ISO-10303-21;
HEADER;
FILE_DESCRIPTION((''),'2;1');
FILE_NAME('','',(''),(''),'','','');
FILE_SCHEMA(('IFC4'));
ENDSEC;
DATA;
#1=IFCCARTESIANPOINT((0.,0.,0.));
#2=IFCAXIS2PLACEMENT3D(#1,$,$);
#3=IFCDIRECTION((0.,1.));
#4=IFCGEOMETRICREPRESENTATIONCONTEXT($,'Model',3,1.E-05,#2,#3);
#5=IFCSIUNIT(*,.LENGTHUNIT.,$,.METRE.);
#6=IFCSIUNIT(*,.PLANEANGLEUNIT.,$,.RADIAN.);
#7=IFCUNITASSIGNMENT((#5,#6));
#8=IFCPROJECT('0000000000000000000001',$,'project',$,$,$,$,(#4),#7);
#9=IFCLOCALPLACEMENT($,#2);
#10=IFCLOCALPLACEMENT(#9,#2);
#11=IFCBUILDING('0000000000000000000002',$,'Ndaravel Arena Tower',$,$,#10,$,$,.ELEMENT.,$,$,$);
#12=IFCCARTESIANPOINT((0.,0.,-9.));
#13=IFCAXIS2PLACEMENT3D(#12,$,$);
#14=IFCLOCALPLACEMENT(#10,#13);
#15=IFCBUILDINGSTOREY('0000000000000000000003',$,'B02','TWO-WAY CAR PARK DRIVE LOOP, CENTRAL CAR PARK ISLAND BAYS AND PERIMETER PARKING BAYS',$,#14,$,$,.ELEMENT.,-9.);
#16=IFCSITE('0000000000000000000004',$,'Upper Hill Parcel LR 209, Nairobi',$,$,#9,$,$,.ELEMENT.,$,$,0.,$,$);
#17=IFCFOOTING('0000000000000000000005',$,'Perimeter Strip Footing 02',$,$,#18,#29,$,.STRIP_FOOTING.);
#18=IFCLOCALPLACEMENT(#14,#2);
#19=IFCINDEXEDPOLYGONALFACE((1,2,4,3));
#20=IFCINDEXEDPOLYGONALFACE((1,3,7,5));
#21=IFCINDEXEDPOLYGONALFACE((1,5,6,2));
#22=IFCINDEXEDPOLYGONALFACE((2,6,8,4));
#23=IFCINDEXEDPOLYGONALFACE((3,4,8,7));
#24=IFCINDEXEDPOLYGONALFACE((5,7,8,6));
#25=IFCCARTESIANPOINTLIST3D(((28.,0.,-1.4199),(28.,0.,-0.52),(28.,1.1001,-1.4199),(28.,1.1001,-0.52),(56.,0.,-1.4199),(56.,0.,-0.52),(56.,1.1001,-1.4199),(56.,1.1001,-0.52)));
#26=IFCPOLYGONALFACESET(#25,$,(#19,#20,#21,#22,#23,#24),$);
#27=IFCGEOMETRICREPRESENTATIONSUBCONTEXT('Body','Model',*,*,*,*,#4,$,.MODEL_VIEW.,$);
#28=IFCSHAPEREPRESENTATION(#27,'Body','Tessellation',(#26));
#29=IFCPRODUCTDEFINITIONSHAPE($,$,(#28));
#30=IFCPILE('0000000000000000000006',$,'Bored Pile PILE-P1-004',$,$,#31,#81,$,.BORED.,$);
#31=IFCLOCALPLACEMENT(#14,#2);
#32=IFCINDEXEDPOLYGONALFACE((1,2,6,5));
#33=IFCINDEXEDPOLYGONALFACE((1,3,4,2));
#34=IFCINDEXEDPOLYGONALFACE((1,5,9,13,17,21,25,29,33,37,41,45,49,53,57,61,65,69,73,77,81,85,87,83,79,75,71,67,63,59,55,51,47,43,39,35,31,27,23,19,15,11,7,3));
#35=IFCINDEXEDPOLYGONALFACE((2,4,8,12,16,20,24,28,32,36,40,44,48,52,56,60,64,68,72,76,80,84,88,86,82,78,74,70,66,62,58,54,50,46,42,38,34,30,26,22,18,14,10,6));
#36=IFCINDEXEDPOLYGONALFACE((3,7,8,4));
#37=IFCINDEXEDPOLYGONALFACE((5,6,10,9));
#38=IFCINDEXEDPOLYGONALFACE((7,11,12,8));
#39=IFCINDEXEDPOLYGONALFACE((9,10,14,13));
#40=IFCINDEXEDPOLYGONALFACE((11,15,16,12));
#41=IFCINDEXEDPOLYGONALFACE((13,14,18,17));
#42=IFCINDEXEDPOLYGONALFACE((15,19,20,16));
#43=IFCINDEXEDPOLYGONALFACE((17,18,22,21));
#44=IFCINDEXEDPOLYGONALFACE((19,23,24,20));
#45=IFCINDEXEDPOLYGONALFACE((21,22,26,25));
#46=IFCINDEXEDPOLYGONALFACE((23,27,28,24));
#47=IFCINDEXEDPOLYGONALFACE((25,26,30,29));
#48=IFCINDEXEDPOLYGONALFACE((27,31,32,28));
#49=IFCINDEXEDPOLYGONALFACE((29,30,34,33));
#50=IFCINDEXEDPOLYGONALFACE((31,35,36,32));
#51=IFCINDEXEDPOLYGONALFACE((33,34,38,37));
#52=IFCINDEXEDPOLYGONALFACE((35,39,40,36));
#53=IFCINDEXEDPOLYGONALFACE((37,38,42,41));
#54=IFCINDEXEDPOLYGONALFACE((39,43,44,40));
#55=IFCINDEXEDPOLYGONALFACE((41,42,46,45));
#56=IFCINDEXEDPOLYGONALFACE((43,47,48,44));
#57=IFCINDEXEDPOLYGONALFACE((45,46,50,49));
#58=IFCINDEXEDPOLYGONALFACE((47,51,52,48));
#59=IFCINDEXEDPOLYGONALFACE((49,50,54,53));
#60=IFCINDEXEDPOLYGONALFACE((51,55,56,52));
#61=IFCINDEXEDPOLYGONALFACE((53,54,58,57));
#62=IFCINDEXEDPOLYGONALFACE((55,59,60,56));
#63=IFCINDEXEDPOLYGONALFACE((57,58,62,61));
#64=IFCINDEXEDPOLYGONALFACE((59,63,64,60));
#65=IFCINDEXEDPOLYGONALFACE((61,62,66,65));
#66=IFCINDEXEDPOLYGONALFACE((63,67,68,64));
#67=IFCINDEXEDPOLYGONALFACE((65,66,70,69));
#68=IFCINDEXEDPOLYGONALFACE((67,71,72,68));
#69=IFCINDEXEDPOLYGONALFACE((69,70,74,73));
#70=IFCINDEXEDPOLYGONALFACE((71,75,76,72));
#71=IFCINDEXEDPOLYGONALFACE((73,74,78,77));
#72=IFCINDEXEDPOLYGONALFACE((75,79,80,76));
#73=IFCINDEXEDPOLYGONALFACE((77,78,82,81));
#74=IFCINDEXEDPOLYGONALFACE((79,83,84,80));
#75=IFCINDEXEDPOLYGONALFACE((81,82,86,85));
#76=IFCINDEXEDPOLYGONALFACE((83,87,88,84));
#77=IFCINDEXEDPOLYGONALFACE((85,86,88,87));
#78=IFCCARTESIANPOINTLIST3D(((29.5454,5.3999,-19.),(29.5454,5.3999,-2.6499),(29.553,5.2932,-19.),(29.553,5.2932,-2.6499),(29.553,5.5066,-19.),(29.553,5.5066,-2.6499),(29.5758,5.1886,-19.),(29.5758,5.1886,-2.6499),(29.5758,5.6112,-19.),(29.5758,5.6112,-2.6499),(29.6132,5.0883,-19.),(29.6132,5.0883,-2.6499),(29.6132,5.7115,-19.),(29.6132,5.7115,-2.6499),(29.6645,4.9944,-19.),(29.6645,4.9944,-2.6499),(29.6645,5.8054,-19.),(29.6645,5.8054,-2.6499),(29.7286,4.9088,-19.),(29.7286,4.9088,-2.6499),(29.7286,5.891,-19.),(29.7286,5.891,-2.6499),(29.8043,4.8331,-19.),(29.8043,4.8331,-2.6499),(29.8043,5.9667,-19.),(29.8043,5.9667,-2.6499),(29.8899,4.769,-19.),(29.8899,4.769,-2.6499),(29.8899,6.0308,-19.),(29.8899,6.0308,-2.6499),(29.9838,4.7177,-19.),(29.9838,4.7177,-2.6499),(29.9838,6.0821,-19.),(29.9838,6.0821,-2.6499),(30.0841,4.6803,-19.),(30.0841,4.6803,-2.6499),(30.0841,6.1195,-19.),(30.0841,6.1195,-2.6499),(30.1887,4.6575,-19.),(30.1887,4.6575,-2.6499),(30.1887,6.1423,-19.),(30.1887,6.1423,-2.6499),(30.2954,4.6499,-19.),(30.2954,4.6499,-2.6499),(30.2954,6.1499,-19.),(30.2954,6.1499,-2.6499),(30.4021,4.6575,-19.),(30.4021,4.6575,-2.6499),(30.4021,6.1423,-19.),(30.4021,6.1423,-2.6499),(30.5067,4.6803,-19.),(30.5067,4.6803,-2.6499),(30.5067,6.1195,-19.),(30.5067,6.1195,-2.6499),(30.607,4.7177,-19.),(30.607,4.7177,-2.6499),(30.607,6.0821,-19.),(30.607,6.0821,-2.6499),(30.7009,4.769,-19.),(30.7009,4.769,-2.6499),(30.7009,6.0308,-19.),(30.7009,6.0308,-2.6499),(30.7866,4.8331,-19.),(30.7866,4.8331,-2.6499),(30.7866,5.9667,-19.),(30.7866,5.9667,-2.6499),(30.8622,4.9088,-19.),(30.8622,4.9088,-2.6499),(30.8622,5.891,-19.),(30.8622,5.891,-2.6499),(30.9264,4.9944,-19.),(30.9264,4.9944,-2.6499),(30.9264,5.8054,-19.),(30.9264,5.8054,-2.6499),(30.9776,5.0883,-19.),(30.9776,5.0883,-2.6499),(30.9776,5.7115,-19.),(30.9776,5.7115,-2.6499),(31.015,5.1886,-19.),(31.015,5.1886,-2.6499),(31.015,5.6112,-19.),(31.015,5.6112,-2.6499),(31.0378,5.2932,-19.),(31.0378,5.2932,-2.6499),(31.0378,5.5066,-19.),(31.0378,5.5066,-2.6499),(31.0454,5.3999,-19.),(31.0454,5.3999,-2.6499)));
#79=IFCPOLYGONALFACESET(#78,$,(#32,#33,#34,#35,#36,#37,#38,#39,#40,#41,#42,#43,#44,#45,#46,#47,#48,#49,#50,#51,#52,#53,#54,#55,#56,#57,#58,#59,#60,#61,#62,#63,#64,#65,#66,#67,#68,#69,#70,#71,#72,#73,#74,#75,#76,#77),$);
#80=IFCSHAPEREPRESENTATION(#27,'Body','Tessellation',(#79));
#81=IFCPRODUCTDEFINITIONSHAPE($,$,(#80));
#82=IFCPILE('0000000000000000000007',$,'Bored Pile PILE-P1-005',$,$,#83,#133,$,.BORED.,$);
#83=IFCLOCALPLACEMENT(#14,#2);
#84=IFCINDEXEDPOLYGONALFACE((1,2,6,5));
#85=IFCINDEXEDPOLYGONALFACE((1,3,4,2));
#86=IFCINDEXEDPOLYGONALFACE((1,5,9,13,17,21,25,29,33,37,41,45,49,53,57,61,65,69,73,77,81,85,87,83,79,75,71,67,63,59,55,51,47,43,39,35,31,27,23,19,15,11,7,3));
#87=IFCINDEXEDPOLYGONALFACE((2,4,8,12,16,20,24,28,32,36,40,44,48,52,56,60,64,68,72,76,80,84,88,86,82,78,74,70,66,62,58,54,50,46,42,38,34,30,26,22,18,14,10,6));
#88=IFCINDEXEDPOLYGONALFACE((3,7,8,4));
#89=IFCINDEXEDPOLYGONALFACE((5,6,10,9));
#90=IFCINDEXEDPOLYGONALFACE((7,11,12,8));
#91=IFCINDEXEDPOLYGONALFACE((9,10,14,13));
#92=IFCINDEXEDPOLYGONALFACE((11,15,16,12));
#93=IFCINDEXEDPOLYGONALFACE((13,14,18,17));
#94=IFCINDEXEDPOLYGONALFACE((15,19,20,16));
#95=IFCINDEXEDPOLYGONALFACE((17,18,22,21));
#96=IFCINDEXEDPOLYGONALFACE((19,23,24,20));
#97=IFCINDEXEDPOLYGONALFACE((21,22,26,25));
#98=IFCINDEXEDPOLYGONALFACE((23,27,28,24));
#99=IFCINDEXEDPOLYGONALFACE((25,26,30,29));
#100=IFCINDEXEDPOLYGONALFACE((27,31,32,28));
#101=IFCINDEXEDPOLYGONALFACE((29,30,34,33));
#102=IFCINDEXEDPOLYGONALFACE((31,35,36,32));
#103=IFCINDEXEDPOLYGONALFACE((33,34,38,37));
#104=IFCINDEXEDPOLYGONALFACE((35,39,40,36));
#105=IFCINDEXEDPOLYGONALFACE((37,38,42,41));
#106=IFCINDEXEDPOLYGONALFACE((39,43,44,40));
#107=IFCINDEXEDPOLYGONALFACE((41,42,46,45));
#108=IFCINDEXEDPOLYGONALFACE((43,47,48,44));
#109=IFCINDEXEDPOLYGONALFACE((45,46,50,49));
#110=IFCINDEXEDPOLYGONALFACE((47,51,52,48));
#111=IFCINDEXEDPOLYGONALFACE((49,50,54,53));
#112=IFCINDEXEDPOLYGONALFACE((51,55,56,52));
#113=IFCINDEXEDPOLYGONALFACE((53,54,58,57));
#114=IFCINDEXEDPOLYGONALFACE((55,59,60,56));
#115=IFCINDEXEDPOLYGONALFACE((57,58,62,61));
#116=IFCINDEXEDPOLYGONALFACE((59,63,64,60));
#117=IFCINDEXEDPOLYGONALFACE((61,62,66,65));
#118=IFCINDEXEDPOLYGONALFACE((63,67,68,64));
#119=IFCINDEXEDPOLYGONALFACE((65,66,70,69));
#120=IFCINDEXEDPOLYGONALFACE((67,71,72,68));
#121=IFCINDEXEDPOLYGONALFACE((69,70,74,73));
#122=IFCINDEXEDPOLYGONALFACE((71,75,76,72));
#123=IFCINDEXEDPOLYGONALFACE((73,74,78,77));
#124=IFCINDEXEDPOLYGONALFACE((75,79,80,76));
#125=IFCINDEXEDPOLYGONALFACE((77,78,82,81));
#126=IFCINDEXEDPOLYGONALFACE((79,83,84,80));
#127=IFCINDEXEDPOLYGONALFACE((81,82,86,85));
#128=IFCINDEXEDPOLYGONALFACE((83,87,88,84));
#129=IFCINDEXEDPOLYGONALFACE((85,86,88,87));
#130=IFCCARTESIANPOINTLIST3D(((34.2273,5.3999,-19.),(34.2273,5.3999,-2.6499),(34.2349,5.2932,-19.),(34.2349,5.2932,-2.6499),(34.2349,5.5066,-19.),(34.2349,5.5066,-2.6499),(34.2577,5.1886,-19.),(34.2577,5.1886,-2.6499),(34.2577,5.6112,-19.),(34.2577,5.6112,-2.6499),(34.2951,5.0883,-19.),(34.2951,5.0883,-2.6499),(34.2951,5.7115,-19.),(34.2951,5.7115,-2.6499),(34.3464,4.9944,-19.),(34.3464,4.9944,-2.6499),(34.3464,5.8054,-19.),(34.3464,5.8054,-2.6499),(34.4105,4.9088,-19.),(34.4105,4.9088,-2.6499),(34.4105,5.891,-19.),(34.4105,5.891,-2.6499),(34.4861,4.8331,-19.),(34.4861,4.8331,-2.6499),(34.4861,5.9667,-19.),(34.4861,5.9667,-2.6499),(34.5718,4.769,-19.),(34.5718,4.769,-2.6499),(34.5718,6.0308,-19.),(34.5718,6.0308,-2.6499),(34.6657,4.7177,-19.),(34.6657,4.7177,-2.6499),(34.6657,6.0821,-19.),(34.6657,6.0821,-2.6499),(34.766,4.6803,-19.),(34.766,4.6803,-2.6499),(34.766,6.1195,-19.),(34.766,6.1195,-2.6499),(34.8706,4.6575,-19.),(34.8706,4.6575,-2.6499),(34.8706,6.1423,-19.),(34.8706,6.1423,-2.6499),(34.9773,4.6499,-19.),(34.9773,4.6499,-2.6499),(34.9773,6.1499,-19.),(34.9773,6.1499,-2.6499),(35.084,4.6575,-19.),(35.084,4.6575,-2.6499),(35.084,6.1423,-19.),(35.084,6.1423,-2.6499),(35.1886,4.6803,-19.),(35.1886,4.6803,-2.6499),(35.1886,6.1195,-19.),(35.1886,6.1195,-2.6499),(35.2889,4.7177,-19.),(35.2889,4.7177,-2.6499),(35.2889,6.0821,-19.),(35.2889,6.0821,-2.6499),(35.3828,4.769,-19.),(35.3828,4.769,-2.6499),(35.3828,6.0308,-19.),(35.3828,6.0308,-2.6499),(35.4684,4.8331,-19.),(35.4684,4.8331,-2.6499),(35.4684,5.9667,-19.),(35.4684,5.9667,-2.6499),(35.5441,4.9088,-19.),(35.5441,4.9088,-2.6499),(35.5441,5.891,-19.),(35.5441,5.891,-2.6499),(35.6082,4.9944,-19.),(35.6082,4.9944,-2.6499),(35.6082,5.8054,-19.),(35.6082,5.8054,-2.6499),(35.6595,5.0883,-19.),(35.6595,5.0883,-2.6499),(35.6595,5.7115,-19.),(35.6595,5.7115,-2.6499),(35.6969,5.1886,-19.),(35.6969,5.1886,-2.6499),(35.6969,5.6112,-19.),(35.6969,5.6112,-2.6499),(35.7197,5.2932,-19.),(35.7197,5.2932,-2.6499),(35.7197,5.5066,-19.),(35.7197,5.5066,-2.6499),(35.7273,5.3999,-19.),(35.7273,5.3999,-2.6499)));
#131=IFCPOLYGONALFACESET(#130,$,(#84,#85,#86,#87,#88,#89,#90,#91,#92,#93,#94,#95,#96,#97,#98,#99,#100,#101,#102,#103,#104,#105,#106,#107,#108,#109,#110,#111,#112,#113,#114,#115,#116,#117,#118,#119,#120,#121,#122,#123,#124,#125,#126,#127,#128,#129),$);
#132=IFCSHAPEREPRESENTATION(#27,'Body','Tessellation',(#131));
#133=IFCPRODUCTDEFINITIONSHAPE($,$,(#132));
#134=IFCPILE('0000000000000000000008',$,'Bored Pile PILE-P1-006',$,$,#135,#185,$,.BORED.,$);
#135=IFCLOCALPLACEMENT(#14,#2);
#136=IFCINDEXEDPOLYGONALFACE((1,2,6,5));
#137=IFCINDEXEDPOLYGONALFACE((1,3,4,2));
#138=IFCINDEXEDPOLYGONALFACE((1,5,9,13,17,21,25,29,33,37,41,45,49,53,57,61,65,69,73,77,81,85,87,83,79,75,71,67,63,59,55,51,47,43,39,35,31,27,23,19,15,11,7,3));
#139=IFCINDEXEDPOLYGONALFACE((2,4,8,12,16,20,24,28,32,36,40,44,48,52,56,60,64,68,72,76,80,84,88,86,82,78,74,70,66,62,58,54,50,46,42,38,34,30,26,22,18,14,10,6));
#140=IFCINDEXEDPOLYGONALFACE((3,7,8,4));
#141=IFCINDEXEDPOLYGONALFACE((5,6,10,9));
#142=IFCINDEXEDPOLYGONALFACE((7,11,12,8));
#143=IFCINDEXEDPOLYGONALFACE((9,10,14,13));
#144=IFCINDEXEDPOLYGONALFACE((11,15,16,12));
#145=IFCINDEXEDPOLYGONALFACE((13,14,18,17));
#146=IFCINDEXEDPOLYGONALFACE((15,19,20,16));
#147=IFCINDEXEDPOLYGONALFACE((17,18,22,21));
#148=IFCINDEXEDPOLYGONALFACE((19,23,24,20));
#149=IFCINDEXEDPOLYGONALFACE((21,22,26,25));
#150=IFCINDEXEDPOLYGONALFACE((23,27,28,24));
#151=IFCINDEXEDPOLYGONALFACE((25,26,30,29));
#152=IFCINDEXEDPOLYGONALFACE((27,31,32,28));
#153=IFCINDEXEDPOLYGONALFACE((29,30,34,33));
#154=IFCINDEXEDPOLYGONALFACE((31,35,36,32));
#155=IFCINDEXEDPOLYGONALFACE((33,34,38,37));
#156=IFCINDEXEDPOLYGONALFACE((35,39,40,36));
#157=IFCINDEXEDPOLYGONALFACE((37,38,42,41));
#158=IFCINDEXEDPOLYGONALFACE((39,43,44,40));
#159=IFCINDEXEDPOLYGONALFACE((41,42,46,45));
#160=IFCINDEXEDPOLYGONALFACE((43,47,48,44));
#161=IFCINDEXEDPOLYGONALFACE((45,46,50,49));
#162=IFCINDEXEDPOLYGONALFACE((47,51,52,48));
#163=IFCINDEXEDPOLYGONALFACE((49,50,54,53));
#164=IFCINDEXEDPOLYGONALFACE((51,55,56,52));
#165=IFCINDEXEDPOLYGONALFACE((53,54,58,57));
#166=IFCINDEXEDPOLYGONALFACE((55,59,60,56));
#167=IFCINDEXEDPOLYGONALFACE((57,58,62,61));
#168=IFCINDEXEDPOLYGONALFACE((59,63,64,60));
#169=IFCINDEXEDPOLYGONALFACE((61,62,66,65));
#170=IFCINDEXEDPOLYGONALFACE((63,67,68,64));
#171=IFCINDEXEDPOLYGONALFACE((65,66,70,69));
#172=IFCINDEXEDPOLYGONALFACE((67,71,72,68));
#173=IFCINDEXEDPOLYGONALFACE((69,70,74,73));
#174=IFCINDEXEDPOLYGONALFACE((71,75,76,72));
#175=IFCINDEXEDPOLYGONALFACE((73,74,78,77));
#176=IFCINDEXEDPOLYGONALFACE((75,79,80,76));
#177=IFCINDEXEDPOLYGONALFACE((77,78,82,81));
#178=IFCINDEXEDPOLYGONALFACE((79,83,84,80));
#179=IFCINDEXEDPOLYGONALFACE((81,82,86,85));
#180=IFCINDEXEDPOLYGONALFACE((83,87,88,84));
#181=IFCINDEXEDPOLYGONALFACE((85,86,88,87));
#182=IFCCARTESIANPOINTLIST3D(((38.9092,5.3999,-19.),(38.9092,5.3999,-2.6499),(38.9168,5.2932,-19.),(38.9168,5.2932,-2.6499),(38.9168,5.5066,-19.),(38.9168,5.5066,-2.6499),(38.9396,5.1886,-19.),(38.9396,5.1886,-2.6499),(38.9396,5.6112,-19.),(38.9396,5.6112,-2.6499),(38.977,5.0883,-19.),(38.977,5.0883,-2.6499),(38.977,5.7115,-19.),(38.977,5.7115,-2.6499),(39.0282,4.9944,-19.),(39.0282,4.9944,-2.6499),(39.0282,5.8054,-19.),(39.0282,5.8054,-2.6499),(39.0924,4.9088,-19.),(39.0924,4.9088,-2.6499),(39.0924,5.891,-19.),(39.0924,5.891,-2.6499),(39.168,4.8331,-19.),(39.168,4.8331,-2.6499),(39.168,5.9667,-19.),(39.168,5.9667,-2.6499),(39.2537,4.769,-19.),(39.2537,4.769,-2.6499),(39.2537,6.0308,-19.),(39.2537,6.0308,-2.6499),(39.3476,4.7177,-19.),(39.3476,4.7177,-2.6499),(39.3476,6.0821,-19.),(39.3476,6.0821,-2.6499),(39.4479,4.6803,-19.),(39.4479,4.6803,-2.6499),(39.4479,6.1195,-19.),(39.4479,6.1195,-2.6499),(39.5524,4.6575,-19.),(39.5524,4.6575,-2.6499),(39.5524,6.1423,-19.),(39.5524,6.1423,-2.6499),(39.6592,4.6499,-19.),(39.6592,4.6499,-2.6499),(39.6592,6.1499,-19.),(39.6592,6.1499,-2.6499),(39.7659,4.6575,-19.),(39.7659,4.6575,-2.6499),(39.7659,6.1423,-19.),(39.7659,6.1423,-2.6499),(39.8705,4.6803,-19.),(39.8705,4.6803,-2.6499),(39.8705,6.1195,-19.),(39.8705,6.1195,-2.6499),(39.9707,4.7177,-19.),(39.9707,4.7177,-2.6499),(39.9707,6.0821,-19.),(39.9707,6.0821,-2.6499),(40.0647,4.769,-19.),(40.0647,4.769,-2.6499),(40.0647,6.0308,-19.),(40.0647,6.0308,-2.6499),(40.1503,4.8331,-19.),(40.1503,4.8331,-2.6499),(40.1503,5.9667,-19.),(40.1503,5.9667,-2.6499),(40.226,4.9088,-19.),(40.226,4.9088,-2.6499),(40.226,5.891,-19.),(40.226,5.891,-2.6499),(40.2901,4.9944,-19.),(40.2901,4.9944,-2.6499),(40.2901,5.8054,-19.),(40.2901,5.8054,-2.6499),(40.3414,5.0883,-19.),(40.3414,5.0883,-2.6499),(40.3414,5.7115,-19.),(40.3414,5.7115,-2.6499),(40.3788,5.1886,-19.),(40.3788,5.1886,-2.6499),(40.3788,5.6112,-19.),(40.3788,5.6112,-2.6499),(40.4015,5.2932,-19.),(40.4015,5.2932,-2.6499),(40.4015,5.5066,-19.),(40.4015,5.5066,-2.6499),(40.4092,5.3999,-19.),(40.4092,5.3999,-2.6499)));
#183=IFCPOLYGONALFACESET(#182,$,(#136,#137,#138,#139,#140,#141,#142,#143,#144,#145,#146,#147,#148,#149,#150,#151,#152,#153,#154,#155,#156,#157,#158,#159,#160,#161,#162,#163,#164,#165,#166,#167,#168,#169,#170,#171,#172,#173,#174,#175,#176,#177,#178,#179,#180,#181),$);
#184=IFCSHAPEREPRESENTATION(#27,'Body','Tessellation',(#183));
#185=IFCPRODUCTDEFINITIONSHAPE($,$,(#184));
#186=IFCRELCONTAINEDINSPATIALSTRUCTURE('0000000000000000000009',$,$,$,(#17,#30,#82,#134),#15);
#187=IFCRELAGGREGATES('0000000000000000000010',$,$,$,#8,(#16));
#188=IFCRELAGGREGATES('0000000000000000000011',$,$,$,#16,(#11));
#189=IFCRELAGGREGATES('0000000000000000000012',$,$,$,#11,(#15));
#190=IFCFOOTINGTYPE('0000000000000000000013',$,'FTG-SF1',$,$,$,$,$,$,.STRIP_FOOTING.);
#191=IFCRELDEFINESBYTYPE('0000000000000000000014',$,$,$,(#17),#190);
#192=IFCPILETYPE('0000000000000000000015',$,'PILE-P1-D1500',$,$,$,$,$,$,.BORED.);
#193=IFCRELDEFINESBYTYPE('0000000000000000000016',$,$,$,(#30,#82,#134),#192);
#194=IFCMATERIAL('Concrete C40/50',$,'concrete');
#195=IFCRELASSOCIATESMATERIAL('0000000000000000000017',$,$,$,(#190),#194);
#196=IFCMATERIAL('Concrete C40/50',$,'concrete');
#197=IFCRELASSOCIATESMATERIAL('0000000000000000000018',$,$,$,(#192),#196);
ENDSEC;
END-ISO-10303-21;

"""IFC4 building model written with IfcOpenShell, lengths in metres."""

from ifc_helpers import new_model, si_unit, direction, frame, origin, origin_2d, place, context, subcontext, project, spatial, rectangle, circle, extrude, material, material_profile, profile_set, type_object, element, save


model = new_model("IFC4")

# Units and contexts
model_context = context("Model", 3, precision=1e-05, world=origin(), true_north=direction((0.0, 1.0)))
body_context = subcontext(model_context, "Body", "Model", "MODEL_VIEW")
ifc_project = project(units=[si_unit("LENGTHUNIT", "METRE"), si_unit("PLANEANGLEUNIT", "RADIAN")], contexts=[model_context])

# Site, building, storey
site_placement = place(None, origin())
site = spatial("IfcSite", under=ifc_project, at=site_placement, Name="Upper Hill Parcel LR 209, Nairobi", CompositionType="ELEMENT", RefElevation=0.0)
building_placement = place(site_placement, origin())
building = spatial("IfcBuilding", under=site, at=building_placement, Name="Ndaravel Arena Tower", CompositionType="ELEMENT")
storey_placement = place(building_placement, frame((0.0, 0.0, -9.0)))
storey = spatial("IfcBuildingStorey", under=building, at=storey_placement, Name="B02", Description="TWO-WAY CAR PARK DRIVE LOOP, CENTRAL CAR PARK ISLAND BAYS AND PERIMETER PARKING BAYS", CompositionType="ELEMENT", Elevation=-9.0)

# Footing
ifc_material_1 = material(Name="Concrete C40/50", Category="concrete")
ifc_material_profile_1 = material_profile(ifc_material_1, rectangle(XDim=1.1001, YDim=0.8999, at=origin_2d()), Name="RC 1100x900")
ifc_profile_set_1 = profile_set([ifc_material_profile_1], Name="Concrete C40/50")
footing_type = type_object("IfcFootingType", Name="FTG-SF1", PredefinedType="STRIP_FOOTING", material=ifc_profile_set_1)
footing_placement = place(storey_placement, frame((28.0, 0.55, -0.97), z_axis=(1.0, 0.0, 0.0), x_axis=(0.0, 1.0, 0.0)))
element("IfcFooting", 1, at=footing_placement, inside=storey, type_object=footing_type, Name="Perimeter Strip Footing 02", PredefinedType="STRIP_FOOTING", context=body_context, shape_type="SweptSolid", body=[
    extrude(rectangle(XDim=1.1001, YDim=0.8999, at=origin_2d()), origin(), (0.0, 0.0, 1.0), 28.0),
])

# Piles
ifc_material_2 = material(Name="Concrete C40/50", Category="concrete")
ifc_material_profile_2 = material_profile(ifc_material_2, circle(Radius=0.75, at=origin_2d()), Name="BORED PILE D1500")
ifc_profile_set_2 = profile_set([ifc_material_profile_2], Name="Concrete C40/50")
pile_type = type_object("IfcPileType", Name="PILE-P1-D1500", PredefinedType="BORED", material=ifc_profile_set_2)
for number, where, z_axis, x_axis, name in (
    (2, (30.2954, 5.3999, -2.6499), (0.0, 0.0, -1.0), (1.0, 0.0, 0.0), "Bored Pile PILE-P1-004"),
    (3, (34.9773, 5.3999, -2.6499), (0.0, 0.0, -1.0), (1.0, 0.0, 0.0), "Bored Pile PILE-P1-005"),
    (4, (39.6592, 5.3999, -2.6499), (0.0, 0.0, -1.0), (1.0, 0.0, 0.0), "Bored Pile PILE-P1-006"),
):
    element("IfcPile", number, at=place(storey_placement, frame(where, z_axis=z_axis, x_axis=x_axis)), inside=storey, type_object=pile_type, Name=name, PredefinedType="BORED", context=body_context, shape_type="SweptSolid", body=[
        extrude(circle(Radius=0.75, at=origin_2d()), origin(), (0.0, 0.0, 1.0), 16.3501),
    ])

save(model, "model.ifc")
